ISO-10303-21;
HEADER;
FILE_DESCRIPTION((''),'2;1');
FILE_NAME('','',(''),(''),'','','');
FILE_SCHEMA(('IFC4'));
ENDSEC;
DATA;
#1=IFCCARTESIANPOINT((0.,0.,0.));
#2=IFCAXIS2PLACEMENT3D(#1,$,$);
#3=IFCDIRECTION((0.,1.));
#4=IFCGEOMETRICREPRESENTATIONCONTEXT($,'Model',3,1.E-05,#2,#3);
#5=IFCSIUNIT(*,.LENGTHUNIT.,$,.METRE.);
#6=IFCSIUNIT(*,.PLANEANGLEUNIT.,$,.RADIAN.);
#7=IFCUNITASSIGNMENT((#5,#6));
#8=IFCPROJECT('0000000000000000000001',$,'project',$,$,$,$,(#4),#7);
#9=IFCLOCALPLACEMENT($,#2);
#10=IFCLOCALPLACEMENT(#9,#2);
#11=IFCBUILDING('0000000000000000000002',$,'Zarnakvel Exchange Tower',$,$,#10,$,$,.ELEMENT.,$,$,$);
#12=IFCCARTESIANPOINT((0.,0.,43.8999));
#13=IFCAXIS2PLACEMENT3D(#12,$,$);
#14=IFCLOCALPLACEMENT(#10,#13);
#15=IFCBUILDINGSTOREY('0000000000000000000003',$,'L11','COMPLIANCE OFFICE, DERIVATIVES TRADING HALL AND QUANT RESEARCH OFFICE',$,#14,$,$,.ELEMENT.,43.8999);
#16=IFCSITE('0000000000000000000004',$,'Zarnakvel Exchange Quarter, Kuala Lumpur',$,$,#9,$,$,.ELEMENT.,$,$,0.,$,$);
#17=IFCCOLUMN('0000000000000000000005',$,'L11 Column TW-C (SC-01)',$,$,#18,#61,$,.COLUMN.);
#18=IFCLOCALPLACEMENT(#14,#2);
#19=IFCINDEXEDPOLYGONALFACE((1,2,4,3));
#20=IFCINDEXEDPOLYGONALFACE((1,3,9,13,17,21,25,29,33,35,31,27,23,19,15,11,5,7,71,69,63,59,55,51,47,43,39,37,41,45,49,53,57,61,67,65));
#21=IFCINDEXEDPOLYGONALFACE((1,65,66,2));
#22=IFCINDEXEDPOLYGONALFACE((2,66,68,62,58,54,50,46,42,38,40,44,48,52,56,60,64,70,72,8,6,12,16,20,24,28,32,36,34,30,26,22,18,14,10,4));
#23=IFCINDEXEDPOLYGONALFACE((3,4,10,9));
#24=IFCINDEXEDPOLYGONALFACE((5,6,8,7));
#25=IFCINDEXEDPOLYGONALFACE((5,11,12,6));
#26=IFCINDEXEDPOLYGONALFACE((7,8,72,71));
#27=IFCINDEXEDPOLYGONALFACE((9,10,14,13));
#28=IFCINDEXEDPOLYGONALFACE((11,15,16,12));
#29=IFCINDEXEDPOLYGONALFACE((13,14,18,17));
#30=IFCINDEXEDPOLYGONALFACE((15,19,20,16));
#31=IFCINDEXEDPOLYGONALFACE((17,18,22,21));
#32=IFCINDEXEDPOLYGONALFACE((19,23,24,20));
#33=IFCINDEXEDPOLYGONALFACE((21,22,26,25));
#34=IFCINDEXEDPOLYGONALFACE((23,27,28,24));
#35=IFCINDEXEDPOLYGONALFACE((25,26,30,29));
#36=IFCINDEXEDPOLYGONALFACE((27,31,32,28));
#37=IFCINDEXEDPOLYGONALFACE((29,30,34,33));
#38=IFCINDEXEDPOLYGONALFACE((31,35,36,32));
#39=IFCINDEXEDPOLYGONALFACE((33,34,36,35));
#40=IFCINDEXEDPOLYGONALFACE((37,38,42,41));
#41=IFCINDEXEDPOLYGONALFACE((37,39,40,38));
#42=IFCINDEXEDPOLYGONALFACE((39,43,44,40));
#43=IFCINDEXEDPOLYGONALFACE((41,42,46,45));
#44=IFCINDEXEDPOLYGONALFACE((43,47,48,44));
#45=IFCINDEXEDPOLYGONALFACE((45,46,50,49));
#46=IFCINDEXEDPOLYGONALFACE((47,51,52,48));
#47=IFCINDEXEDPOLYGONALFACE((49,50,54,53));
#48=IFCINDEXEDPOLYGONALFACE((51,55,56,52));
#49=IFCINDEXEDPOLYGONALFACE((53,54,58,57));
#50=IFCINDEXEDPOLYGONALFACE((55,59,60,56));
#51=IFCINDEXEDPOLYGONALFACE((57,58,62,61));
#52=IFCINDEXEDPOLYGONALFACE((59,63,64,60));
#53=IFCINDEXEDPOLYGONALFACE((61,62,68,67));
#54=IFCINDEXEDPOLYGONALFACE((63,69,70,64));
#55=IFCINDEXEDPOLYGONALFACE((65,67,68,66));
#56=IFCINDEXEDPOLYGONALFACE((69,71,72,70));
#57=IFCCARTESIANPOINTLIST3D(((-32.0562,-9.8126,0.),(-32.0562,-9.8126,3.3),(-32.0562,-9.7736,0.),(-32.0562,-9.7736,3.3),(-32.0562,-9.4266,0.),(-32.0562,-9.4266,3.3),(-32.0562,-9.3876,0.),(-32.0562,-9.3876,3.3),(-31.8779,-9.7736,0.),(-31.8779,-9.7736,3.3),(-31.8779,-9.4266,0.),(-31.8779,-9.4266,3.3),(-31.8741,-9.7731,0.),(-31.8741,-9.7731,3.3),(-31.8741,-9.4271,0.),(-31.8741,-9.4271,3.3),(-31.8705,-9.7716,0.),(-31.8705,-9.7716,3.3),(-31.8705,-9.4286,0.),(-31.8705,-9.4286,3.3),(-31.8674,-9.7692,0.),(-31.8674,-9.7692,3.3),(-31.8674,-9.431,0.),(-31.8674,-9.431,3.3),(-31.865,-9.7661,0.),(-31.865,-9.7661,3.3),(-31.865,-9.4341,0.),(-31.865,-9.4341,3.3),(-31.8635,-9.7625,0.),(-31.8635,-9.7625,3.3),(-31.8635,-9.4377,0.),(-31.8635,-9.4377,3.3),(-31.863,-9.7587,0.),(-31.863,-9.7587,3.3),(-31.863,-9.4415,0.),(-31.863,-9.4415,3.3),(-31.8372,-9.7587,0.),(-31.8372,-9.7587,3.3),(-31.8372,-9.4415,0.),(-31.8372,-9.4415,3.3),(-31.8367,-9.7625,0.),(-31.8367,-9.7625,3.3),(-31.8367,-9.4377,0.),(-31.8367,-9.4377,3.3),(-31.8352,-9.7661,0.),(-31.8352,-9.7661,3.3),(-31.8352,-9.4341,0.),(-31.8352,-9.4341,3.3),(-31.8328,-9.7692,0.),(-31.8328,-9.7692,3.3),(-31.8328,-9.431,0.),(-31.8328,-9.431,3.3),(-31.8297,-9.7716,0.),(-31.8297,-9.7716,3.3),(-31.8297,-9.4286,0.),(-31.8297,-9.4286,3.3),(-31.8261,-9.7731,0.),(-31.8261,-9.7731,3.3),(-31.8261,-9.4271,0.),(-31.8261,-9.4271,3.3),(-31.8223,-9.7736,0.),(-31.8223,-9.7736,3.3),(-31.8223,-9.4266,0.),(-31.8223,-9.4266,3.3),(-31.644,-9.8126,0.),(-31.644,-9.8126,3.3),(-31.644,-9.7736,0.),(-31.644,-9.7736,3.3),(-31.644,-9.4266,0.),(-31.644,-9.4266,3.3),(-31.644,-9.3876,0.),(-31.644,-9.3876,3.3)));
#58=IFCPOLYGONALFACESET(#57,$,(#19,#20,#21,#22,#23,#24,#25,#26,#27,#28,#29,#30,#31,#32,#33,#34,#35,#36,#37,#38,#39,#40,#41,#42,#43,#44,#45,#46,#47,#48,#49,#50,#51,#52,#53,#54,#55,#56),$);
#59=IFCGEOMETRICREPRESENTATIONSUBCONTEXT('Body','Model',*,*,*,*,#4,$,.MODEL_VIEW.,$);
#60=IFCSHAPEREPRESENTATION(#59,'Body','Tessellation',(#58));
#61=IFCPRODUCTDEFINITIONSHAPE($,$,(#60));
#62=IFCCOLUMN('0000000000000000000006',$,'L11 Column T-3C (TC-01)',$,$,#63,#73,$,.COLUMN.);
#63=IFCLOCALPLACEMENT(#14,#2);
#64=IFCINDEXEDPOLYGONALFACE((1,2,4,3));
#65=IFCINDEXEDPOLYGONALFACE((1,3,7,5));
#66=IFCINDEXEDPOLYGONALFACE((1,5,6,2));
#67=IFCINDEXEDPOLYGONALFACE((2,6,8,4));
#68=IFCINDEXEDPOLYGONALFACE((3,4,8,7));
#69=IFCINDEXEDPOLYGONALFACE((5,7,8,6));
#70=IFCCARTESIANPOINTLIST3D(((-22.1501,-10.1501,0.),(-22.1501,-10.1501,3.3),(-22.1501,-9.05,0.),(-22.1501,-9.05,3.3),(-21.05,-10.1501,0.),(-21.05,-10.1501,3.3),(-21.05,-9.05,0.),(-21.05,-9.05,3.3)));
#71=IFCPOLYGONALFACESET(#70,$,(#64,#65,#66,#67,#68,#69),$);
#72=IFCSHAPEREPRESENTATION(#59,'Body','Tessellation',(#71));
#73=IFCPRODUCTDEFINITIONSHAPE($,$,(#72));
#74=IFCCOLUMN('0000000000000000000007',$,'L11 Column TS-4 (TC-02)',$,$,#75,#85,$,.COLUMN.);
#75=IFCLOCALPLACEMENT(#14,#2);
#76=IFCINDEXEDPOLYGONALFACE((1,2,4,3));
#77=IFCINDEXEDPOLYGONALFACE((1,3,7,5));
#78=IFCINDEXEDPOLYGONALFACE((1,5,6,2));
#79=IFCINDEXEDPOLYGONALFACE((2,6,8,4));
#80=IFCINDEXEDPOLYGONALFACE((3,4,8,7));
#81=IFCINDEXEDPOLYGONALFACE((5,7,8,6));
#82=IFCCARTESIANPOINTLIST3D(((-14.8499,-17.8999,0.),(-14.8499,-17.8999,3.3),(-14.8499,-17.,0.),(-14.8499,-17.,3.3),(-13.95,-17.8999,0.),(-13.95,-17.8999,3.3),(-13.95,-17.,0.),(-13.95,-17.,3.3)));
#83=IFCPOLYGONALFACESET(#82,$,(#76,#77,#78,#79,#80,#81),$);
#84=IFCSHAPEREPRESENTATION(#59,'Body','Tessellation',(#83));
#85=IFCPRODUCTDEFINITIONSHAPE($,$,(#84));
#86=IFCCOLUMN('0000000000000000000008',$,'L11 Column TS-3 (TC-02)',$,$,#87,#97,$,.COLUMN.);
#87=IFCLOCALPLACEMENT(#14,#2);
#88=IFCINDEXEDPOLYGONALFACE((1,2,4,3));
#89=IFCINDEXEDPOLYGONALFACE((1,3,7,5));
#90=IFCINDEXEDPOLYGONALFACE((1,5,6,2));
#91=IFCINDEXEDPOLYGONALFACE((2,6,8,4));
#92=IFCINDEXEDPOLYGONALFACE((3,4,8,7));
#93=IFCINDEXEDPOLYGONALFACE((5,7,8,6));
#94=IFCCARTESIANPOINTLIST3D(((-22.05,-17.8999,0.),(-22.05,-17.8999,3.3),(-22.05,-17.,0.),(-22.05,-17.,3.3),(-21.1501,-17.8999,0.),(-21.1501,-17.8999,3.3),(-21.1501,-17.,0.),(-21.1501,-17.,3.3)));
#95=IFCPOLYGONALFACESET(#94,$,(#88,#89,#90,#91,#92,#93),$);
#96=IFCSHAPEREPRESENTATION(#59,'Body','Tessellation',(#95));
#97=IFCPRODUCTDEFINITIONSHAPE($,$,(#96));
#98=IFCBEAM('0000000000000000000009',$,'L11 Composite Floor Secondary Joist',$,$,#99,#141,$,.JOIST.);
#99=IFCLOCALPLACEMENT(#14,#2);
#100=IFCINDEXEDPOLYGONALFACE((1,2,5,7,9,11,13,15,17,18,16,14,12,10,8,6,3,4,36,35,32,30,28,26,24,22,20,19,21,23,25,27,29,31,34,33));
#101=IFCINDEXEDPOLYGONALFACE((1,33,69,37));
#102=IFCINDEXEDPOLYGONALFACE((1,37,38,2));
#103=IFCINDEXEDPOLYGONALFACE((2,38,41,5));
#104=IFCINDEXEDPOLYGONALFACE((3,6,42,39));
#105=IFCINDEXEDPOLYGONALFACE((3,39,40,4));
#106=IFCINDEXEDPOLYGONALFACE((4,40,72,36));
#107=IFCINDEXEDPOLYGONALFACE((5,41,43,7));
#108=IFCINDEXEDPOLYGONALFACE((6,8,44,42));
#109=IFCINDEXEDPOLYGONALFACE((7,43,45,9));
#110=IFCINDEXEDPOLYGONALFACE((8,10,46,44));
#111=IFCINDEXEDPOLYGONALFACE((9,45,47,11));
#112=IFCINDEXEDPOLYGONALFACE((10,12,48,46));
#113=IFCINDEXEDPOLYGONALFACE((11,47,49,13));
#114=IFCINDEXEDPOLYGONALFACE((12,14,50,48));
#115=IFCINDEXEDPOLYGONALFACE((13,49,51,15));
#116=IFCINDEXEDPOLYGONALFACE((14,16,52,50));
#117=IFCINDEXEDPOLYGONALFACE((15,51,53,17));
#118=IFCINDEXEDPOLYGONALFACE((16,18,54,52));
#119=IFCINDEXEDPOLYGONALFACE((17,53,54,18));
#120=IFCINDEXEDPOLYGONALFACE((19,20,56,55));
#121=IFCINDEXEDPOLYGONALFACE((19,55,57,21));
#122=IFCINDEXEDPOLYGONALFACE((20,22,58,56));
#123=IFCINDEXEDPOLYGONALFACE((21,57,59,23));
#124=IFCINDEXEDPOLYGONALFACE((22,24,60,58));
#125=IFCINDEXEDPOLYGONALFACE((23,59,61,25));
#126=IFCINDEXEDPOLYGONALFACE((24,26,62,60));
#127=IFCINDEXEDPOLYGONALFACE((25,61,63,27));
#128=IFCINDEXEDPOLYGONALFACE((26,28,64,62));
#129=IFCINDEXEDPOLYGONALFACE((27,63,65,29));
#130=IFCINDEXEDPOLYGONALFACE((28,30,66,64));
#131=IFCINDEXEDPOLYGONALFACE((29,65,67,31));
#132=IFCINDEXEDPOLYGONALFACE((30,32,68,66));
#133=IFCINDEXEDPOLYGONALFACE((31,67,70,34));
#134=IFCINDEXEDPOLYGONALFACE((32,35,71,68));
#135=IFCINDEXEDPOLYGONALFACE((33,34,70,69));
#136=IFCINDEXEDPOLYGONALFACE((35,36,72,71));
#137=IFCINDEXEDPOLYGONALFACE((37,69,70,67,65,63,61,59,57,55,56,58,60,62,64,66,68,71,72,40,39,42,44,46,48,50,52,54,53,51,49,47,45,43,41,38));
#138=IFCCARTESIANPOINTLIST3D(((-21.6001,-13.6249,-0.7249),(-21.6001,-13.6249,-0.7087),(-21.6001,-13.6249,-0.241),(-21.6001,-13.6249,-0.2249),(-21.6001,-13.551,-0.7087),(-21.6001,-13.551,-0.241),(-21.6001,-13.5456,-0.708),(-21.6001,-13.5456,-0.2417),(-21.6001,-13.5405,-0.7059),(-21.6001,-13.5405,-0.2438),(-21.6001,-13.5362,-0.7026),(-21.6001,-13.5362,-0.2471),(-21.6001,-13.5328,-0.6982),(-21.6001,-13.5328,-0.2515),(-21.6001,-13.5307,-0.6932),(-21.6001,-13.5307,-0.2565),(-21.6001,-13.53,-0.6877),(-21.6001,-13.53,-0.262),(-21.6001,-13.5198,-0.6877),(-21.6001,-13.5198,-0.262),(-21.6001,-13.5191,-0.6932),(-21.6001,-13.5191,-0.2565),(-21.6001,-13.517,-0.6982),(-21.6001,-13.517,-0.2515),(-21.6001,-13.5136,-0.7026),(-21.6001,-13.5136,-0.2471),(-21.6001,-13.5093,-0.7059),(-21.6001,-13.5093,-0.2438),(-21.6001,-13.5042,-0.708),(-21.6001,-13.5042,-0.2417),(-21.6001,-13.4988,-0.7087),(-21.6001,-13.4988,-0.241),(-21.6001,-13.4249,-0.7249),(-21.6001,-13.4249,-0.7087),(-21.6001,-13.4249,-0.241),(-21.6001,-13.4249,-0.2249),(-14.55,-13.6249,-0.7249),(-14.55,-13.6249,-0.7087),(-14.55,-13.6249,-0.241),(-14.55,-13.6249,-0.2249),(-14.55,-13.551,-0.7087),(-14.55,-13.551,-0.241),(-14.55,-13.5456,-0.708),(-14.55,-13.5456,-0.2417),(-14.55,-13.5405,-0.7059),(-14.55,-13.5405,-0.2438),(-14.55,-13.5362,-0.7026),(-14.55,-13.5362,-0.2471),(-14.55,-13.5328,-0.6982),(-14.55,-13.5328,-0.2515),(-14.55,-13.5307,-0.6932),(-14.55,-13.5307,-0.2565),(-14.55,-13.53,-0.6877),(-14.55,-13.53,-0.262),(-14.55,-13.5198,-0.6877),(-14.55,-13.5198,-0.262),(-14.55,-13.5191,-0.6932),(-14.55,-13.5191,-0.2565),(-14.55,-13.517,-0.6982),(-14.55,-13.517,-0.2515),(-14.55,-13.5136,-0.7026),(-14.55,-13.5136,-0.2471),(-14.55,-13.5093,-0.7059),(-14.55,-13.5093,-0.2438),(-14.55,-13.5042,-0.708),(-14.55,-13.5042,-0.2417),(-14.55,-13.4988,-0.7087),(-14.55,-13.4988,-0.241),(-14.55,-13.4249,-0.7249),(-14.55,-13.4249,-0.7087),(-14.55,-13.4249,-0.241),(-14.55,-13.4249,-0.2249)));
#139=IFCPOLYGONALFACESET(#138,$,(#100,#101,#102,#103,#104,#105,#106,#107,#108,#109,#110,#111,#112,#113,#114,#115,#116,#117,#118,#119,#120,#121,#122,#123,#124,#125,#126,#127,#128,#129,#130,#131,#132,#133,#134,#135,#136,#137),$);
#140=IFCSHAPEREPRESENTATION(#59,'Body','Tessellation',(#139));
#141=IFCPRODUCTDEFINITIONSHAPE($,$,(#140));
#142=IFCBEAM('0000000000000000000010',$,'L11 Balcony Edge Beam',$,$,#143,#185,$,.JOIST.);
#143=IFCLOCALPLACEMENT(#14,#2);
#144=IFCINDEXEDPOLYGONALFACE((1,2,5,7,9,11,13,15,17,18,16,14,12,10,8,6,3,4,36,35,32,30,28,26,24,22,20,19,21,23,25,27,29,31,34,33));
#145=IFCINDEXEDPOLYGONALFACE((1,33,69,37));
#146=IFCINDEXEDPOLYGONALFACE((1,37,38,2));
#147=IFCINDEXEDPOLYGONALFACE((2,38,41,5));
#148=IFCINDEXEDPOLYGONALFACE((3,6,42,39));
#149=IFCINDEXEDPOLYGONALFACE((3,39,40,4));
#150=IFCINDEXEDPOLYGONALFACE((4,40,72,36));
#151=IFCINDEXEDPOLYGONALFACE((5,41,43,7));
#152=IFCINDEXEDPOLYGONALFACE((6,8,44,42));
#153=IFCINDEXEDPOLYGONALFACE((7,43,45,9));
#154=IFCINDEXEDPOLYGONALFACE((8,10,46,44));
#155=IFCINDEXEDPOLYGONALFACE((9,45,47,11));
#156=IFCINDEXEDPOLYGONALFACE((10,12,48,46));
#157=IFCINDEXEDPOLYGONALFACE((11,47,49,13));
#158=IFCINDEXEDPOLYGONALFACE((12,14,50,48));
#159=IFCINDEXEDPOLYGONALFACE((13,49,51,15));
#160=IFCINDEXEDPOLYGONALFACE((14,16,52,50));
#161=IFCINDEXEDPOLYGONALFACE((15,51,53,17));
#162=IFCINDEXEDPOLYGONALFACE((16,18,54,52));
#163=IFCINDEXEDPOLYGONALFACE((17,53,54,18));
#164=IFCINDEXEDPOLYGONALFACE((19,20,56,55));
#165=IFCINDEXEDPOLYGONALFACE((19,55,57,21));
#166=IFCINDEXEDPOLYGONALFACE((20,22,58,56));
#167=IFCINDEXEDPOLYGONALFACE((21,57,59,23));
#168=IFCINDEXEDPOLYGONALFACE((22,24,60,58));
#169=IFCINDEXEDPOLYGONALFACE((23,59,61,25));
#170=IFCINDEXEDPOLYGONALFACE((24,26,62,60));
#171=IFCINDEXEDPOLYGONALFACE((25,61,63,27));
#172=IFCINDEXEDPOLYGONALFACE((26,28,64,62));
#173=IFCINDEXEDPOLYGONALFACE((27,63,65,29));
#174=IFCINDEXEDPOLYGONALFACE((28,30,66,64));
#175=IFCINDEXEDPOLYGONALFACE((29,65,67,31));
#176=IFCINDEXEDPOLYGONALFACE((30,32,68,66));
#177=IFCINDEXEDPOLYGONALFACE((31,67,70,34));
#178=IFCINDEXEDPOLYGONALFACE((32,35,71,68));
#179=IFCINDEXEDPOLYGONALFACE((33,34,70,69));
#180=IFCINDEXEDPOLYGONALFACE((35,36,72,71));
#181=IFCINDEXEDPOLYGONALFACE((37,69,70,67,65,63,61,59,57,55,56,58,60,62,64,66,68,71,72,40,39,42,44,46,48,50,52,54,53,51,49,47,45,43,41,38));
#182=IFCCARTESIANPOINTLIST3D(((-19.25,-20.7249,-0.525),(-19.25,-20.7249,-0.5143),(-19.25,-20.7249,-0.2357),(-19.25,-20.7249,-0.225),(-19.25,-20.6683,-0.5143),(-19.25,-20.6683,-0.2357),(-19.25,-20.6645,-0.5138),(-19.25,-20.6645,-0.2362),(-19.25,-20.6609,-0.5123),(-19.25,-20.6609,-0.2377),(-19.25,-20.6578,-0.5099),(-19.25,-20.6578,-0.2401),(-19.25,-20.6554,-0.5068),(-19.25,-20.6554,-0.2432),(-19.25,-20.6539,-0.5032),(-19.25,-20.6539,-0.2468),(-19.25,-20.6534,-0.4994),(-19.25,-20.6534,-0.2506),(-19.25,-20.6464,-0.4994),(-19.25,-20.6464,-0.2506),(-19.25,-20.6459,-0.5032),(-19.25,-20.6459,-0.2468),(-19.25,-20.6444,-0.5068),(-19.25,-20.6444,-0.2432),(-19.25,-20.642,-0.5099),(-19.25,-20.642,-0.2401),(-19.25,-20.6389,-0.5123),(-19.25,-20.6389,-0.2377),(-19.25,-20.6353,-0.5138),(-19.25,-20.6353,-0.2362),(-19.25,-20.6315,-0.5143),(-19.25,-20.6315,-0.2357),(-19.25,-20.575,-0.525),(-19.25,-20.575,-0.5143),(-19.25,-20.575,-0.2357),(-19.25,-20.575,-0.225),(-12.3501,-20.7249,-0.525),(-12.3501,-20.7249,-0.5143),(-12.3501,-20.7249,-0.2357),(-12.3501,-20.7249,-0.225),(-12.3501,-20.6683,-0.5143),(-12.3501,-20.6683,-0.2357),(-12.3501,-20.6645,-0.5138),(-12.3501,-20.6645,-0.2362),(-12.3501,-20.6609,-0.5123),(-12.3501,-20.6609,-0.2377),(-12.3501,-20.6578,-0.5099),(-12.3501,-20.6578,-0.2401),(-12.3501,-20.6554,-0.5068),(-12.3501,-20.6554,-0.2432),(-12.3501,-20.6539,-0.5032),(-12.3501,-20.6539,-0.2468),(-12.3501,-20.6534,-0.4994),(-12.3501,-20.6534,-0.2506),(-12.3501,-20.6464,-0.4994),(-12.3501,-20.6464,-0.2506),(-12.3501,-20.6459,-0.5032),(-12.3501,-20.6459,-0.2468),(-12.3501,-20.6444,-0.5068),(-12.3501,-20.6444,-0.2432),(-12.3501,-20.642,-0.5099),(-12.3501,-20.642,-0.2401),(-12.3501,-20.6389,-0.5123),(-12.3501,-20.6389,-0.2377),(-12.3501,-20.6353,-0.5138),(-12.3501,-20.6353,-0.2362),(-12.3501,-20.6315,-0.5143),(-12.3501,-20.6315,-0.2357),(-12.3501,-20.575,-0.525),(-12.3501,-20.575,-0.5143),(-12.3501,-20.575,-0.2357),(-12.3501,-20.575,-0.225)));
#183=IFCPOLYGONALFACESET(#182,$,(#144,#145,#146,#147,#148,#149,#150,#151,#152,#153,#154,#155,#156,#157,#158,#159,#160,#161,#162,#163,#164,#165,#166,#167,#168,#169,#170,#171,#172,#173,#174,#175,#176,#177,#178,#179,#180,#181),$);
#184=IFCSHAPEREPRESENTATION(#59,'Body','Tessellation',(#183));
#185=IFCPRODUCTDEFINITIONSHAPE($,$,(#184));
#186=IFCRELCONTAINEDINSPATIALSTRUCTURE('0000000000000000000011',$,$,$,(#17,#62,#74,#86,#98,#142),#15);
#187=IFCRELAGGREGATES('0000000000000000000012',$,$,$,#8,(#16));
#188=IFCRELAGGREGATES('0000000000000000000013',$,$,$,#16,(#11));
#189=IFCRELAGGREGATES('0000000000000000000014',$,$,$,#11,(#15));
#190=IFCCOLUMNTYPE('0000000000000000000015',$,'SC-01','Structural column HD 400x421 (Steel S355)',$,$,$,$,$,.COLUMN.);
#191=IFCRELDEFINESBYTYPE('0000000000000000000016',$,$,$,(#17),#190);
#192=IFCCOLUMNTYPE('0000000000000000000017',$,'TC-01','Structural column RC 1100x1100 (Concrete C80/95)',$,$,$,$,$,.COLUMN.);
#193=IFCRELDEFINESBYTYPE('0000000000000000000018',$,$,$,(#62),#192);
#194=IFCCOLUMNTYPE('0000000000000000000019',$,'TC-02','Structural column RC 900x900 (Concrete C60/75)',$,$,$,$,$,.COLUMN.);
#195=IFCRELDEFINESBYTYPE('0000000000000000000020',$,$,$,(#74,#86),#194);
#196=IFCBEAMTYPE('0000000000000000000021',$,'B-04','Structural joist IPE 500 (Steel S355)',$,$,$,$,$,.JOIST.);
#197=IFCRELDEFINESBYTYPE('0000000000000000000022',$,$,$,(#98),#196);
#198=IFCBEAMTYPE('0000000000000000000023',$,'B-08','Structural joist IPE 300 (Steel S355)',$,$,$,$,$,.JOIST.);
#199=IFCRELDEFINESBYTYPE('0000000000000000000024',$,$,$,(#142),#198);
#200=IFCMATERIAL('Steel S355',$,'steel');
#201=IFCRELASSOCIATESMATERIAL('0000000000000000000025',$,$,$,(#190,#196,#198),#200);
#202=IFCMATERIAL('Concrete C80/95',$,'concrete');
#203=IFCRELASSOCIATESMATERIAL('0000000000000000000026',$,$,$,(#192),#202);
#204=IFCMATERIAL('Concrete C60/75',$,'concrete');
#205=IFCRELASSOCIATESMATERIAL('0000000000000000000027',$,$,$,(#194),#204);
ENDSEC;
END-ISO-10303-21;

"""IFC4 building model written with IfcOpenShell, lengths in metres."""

from ifc_helpers import new_model, si_unit, direction, frame, origin, origin_2d, place, context, subcontext, project, spatial, rectangle, i_section, extrude, material, material_profile, profile_set, type_object, element, save


model = new_model("IFC4")

# Units and contexts
model_context = context("Model", 3, precision=1e-05, world=origin(), true_north=direction((0.0, 1.0)))
body_context = subcontext(model_context, "Body", "Model", "MODEL_VIEW")
ifc_project = project(units=[si_unit("LENGTHUNIT", "METRE"), si_unit("PLANEANGLEUNIT", "RADIAN")], contexts=[model_context])

# Site, building, storey
site_placement = place(None, origin())
site = spatial("IfcSite", under=ifc_project, at=site_placement, Name="Zarnakvel Exchange Quarter, Kuala Lumpur", CompositionType="ELEMENT", RefElevation=0.0)
building_placement = place(site_placement, origin())
building = spatial("IfcBuilding", under=site, at=building_placement, Name="Zarnakvel Exchange Tower", CompositionType="ELEMENT")
storey_placement = place(building_placement, frame((0.0, 0.0, 43.8999)))
storey = spatial("IfcBuildingStorey", under=building, at=storey_placement, Name="L11", Description="COMPLIANCE OFFICE, DERIVATIVES TRADING HALL AND QUANT RESEARCH OFFICE", CompositionType="ELEMENT", Elevation=43.8999)

# Columns
ifc_material_1 = material(Name="Steel S355", Category="steel")
ifc_material_profile_1 = material_profile(ifc_material_1, i_section(OverallWidth=0.4121, OverallDepth=0.425, WebThickness=0.0259, FlangeThickness=0.0391, FilletRadius=0.0149, at=origin_2d()))
ifc_profile_set_1 = profile_set([ifc_material_profile_1], Name="Steel S355")
column_type_1 = type_object("IfcColumnType", Name="SC-01", Description="Structural column HD 400x421 (Steel S355)", PredefinedType="COLUMN", material=ifc_profile_set_1)
column_1_placement = place(storey_placement, frame((-31.8501, -9.6001, 0.0), z_axis=(0.0, 0.0, 1.0), x_axis=(1.0, 0.0, 0.0)))
element("IfcColumn", 1, at=column_1_placement, inside=storey, type_object=column_type_1, Name="L11 Column TW-C (SC-01)", PredefinedType="COLUMN", context=body_context, shape_type="SweptSolid", body=[
    extrude(i_section(OverallWidth=0.4121, OverallDepth=0.425, WebThickness=0.0259, FlangeThickness=0.0391, FilletRadius=0.0149, at=origin_2d()), origin(), (0.0, 0.0, 1.0), 3.3),
])
ifc_material_2 = material(Name="Concrete C80/95", Category="concrete")
ifc_material_profile_2 = material_profile(ifc_material_2, rectangle(XDim=1.1001, YDim=1.1001, at=origin_2d()))
ifc_profile_set_2 = profile_set([ifc_material_profile_2], Name="Concrete C80/95")
column_type_2 = type_object("IfcColumnType", Name="TC-01", Description="Structural column RC 1100x1100 (Concrete C80/95)", PredefinedType="COLUMN", material=ifc_profile_set_2)
column_2_placement = place(storey_placement, frame((-21.6001, -9.6001, 0.0), z_axis=(0.0, 0.0, 1.0), x_axis=(1.0, 0.0, 0.0)))
element("IfcColumn", 2, at=column_2_placement, inside=storey, type_object=column_type_2, Name="L11 Column T-3C (TC-01)", PredefinedType="COLUMN", context=body_context, shape_type="SweptSolid", body=[
    extrude(rectangle(XDim=1.1001, YDim=1.1001, at=origin_2d()), origin(), (0.0, 0.0, 1.0), 3.3),
])
ifc_material_3 = material(Name="Concrete C60/75", Category="concrete")
ifc_material_profile_3 = material_profile(ifc_material_3, rectangle(XDim=0.8999, YDim=0.8999, at=origin_2d()))
ifc_profile_set_3 = profile_set([ifc_material_profile_3], Name="Concrete C60/75")
column_type_3 = type_object("IfcColumnType", Name="TC-02", Description="Structural column RC 900x900 (Concrete C60/75)", PredefinedType="COLUMN", material=ifc_profile_set_3)
for number, where, z_axis, x_axis, name in (
    (3, (-14.3999, -17.45, 0.0), (0.0, 0.0, 1.0), (1.0, 0.0, 0.0), "L11 Column TS-4 (TC-02)"),
    (4, (-21.6001, -17.45, 0.0), (0.0, 0.0, 1.0), (1.0, 0.0, 0.0), "L11 Column TS-3 (TC-02)"),
):
    element("IfcColumn", number, at=place(storey_placement, frame(where, z_axis=z_axis, x_axis=x_axis)), inside=storey, type_object=column_type_3, Name=name, PredefinedType="COLUMN", context=body_context, shape_type="SweptSolid", body=[
        extrude(rectangle(XDim=0.8999, YDim=0.8999, at=origin_2d()), origin(), (0.0, 0.0, 1.0), 3.3),
    ])

# Beams
ifc_material_profile_4 = material_profile(ifc_material_1, i_section(OverallWidth=0.2, OverallDepth=0.5, WebThickness=0.0103, FlangeThickness=0.0161, FilletRadius=0.021, at=origin_2d()))
ifc_profile_set_4 = profile_set([ifc_material_profile_4], Name="Steel S355")
beam_type_1 = type_object("IfcBeamType", Name="B-04", Description="Structural joist IPE 500 (Steel S355)", PredefinedType="JOIST", material=ifc_profile_set_4)
beam_1_placement = place(storey_placement, frame((-21.6001, -13.5249, -0.4749), z_axis=(1.0, 0.0, 0.0), x_axis=(0.0, 1.0, 0.0)))
element("IfcBeam", 5, at=beam_1_placement, inside=storey, type_object=beam_type_1, Name="L11 Composite Floor Secondary Joist", PredefinedType="JOIST", context=body_context, shape_type="SweptSolid", body=[
    extrude(i_section(OverallWidth=0.2, OverallDepth=0.5, WebThickness=0.0103, FlangeThickness=0.0161, FilletRadius=0.021, at=origin_2d()), origin(), (0.0, 0.0, 1.0), 7.05),
])
ifc_material_profile_5 = material_profile(ifc_material_1, i_section(OverallWidth=0.1499, OverallDepth=0.3, WebThickness=0.0071, FlangeThickness=0.0107, FilletRadius=0.0149, at=origin_2d()))
ifc_profile_set_5 = profile_set([ifc_material_profile_5], Name="Steel S355")
beam_type_2 = type_object("IfcBeamType", Name="B-08", Description="Structural joist IPE 300 (Steel S355)", PredefinedType="JOIST", material=ifc_profile_set_5)
beam_2_placement = place(storey_placement, frame((-19.25, -20.6499, -0.375), z_axis=(1.0, 0.0, 0.0), x_axis=(0.0, 1.0, 0.0)))
element("IfcBeam", 6, at=beam_2_placement, inside=storey, type_object=beam_type_2, Name="L11 Balcony Edge Beam", PredefinedType="JOIST", context=body_context, shape_type="SweptSolid", body=[
    extrude(i_section(OverallWidth=0.1499, OverallDepth=0.3, WebThickness=0.0071, FlangeThickness=0.0107, FilletRadius=0.0149, at=origin_2d()), origin(), (0.0, 0.0, 1.0), 6.8999),
])

save(model, "model.ifc")
